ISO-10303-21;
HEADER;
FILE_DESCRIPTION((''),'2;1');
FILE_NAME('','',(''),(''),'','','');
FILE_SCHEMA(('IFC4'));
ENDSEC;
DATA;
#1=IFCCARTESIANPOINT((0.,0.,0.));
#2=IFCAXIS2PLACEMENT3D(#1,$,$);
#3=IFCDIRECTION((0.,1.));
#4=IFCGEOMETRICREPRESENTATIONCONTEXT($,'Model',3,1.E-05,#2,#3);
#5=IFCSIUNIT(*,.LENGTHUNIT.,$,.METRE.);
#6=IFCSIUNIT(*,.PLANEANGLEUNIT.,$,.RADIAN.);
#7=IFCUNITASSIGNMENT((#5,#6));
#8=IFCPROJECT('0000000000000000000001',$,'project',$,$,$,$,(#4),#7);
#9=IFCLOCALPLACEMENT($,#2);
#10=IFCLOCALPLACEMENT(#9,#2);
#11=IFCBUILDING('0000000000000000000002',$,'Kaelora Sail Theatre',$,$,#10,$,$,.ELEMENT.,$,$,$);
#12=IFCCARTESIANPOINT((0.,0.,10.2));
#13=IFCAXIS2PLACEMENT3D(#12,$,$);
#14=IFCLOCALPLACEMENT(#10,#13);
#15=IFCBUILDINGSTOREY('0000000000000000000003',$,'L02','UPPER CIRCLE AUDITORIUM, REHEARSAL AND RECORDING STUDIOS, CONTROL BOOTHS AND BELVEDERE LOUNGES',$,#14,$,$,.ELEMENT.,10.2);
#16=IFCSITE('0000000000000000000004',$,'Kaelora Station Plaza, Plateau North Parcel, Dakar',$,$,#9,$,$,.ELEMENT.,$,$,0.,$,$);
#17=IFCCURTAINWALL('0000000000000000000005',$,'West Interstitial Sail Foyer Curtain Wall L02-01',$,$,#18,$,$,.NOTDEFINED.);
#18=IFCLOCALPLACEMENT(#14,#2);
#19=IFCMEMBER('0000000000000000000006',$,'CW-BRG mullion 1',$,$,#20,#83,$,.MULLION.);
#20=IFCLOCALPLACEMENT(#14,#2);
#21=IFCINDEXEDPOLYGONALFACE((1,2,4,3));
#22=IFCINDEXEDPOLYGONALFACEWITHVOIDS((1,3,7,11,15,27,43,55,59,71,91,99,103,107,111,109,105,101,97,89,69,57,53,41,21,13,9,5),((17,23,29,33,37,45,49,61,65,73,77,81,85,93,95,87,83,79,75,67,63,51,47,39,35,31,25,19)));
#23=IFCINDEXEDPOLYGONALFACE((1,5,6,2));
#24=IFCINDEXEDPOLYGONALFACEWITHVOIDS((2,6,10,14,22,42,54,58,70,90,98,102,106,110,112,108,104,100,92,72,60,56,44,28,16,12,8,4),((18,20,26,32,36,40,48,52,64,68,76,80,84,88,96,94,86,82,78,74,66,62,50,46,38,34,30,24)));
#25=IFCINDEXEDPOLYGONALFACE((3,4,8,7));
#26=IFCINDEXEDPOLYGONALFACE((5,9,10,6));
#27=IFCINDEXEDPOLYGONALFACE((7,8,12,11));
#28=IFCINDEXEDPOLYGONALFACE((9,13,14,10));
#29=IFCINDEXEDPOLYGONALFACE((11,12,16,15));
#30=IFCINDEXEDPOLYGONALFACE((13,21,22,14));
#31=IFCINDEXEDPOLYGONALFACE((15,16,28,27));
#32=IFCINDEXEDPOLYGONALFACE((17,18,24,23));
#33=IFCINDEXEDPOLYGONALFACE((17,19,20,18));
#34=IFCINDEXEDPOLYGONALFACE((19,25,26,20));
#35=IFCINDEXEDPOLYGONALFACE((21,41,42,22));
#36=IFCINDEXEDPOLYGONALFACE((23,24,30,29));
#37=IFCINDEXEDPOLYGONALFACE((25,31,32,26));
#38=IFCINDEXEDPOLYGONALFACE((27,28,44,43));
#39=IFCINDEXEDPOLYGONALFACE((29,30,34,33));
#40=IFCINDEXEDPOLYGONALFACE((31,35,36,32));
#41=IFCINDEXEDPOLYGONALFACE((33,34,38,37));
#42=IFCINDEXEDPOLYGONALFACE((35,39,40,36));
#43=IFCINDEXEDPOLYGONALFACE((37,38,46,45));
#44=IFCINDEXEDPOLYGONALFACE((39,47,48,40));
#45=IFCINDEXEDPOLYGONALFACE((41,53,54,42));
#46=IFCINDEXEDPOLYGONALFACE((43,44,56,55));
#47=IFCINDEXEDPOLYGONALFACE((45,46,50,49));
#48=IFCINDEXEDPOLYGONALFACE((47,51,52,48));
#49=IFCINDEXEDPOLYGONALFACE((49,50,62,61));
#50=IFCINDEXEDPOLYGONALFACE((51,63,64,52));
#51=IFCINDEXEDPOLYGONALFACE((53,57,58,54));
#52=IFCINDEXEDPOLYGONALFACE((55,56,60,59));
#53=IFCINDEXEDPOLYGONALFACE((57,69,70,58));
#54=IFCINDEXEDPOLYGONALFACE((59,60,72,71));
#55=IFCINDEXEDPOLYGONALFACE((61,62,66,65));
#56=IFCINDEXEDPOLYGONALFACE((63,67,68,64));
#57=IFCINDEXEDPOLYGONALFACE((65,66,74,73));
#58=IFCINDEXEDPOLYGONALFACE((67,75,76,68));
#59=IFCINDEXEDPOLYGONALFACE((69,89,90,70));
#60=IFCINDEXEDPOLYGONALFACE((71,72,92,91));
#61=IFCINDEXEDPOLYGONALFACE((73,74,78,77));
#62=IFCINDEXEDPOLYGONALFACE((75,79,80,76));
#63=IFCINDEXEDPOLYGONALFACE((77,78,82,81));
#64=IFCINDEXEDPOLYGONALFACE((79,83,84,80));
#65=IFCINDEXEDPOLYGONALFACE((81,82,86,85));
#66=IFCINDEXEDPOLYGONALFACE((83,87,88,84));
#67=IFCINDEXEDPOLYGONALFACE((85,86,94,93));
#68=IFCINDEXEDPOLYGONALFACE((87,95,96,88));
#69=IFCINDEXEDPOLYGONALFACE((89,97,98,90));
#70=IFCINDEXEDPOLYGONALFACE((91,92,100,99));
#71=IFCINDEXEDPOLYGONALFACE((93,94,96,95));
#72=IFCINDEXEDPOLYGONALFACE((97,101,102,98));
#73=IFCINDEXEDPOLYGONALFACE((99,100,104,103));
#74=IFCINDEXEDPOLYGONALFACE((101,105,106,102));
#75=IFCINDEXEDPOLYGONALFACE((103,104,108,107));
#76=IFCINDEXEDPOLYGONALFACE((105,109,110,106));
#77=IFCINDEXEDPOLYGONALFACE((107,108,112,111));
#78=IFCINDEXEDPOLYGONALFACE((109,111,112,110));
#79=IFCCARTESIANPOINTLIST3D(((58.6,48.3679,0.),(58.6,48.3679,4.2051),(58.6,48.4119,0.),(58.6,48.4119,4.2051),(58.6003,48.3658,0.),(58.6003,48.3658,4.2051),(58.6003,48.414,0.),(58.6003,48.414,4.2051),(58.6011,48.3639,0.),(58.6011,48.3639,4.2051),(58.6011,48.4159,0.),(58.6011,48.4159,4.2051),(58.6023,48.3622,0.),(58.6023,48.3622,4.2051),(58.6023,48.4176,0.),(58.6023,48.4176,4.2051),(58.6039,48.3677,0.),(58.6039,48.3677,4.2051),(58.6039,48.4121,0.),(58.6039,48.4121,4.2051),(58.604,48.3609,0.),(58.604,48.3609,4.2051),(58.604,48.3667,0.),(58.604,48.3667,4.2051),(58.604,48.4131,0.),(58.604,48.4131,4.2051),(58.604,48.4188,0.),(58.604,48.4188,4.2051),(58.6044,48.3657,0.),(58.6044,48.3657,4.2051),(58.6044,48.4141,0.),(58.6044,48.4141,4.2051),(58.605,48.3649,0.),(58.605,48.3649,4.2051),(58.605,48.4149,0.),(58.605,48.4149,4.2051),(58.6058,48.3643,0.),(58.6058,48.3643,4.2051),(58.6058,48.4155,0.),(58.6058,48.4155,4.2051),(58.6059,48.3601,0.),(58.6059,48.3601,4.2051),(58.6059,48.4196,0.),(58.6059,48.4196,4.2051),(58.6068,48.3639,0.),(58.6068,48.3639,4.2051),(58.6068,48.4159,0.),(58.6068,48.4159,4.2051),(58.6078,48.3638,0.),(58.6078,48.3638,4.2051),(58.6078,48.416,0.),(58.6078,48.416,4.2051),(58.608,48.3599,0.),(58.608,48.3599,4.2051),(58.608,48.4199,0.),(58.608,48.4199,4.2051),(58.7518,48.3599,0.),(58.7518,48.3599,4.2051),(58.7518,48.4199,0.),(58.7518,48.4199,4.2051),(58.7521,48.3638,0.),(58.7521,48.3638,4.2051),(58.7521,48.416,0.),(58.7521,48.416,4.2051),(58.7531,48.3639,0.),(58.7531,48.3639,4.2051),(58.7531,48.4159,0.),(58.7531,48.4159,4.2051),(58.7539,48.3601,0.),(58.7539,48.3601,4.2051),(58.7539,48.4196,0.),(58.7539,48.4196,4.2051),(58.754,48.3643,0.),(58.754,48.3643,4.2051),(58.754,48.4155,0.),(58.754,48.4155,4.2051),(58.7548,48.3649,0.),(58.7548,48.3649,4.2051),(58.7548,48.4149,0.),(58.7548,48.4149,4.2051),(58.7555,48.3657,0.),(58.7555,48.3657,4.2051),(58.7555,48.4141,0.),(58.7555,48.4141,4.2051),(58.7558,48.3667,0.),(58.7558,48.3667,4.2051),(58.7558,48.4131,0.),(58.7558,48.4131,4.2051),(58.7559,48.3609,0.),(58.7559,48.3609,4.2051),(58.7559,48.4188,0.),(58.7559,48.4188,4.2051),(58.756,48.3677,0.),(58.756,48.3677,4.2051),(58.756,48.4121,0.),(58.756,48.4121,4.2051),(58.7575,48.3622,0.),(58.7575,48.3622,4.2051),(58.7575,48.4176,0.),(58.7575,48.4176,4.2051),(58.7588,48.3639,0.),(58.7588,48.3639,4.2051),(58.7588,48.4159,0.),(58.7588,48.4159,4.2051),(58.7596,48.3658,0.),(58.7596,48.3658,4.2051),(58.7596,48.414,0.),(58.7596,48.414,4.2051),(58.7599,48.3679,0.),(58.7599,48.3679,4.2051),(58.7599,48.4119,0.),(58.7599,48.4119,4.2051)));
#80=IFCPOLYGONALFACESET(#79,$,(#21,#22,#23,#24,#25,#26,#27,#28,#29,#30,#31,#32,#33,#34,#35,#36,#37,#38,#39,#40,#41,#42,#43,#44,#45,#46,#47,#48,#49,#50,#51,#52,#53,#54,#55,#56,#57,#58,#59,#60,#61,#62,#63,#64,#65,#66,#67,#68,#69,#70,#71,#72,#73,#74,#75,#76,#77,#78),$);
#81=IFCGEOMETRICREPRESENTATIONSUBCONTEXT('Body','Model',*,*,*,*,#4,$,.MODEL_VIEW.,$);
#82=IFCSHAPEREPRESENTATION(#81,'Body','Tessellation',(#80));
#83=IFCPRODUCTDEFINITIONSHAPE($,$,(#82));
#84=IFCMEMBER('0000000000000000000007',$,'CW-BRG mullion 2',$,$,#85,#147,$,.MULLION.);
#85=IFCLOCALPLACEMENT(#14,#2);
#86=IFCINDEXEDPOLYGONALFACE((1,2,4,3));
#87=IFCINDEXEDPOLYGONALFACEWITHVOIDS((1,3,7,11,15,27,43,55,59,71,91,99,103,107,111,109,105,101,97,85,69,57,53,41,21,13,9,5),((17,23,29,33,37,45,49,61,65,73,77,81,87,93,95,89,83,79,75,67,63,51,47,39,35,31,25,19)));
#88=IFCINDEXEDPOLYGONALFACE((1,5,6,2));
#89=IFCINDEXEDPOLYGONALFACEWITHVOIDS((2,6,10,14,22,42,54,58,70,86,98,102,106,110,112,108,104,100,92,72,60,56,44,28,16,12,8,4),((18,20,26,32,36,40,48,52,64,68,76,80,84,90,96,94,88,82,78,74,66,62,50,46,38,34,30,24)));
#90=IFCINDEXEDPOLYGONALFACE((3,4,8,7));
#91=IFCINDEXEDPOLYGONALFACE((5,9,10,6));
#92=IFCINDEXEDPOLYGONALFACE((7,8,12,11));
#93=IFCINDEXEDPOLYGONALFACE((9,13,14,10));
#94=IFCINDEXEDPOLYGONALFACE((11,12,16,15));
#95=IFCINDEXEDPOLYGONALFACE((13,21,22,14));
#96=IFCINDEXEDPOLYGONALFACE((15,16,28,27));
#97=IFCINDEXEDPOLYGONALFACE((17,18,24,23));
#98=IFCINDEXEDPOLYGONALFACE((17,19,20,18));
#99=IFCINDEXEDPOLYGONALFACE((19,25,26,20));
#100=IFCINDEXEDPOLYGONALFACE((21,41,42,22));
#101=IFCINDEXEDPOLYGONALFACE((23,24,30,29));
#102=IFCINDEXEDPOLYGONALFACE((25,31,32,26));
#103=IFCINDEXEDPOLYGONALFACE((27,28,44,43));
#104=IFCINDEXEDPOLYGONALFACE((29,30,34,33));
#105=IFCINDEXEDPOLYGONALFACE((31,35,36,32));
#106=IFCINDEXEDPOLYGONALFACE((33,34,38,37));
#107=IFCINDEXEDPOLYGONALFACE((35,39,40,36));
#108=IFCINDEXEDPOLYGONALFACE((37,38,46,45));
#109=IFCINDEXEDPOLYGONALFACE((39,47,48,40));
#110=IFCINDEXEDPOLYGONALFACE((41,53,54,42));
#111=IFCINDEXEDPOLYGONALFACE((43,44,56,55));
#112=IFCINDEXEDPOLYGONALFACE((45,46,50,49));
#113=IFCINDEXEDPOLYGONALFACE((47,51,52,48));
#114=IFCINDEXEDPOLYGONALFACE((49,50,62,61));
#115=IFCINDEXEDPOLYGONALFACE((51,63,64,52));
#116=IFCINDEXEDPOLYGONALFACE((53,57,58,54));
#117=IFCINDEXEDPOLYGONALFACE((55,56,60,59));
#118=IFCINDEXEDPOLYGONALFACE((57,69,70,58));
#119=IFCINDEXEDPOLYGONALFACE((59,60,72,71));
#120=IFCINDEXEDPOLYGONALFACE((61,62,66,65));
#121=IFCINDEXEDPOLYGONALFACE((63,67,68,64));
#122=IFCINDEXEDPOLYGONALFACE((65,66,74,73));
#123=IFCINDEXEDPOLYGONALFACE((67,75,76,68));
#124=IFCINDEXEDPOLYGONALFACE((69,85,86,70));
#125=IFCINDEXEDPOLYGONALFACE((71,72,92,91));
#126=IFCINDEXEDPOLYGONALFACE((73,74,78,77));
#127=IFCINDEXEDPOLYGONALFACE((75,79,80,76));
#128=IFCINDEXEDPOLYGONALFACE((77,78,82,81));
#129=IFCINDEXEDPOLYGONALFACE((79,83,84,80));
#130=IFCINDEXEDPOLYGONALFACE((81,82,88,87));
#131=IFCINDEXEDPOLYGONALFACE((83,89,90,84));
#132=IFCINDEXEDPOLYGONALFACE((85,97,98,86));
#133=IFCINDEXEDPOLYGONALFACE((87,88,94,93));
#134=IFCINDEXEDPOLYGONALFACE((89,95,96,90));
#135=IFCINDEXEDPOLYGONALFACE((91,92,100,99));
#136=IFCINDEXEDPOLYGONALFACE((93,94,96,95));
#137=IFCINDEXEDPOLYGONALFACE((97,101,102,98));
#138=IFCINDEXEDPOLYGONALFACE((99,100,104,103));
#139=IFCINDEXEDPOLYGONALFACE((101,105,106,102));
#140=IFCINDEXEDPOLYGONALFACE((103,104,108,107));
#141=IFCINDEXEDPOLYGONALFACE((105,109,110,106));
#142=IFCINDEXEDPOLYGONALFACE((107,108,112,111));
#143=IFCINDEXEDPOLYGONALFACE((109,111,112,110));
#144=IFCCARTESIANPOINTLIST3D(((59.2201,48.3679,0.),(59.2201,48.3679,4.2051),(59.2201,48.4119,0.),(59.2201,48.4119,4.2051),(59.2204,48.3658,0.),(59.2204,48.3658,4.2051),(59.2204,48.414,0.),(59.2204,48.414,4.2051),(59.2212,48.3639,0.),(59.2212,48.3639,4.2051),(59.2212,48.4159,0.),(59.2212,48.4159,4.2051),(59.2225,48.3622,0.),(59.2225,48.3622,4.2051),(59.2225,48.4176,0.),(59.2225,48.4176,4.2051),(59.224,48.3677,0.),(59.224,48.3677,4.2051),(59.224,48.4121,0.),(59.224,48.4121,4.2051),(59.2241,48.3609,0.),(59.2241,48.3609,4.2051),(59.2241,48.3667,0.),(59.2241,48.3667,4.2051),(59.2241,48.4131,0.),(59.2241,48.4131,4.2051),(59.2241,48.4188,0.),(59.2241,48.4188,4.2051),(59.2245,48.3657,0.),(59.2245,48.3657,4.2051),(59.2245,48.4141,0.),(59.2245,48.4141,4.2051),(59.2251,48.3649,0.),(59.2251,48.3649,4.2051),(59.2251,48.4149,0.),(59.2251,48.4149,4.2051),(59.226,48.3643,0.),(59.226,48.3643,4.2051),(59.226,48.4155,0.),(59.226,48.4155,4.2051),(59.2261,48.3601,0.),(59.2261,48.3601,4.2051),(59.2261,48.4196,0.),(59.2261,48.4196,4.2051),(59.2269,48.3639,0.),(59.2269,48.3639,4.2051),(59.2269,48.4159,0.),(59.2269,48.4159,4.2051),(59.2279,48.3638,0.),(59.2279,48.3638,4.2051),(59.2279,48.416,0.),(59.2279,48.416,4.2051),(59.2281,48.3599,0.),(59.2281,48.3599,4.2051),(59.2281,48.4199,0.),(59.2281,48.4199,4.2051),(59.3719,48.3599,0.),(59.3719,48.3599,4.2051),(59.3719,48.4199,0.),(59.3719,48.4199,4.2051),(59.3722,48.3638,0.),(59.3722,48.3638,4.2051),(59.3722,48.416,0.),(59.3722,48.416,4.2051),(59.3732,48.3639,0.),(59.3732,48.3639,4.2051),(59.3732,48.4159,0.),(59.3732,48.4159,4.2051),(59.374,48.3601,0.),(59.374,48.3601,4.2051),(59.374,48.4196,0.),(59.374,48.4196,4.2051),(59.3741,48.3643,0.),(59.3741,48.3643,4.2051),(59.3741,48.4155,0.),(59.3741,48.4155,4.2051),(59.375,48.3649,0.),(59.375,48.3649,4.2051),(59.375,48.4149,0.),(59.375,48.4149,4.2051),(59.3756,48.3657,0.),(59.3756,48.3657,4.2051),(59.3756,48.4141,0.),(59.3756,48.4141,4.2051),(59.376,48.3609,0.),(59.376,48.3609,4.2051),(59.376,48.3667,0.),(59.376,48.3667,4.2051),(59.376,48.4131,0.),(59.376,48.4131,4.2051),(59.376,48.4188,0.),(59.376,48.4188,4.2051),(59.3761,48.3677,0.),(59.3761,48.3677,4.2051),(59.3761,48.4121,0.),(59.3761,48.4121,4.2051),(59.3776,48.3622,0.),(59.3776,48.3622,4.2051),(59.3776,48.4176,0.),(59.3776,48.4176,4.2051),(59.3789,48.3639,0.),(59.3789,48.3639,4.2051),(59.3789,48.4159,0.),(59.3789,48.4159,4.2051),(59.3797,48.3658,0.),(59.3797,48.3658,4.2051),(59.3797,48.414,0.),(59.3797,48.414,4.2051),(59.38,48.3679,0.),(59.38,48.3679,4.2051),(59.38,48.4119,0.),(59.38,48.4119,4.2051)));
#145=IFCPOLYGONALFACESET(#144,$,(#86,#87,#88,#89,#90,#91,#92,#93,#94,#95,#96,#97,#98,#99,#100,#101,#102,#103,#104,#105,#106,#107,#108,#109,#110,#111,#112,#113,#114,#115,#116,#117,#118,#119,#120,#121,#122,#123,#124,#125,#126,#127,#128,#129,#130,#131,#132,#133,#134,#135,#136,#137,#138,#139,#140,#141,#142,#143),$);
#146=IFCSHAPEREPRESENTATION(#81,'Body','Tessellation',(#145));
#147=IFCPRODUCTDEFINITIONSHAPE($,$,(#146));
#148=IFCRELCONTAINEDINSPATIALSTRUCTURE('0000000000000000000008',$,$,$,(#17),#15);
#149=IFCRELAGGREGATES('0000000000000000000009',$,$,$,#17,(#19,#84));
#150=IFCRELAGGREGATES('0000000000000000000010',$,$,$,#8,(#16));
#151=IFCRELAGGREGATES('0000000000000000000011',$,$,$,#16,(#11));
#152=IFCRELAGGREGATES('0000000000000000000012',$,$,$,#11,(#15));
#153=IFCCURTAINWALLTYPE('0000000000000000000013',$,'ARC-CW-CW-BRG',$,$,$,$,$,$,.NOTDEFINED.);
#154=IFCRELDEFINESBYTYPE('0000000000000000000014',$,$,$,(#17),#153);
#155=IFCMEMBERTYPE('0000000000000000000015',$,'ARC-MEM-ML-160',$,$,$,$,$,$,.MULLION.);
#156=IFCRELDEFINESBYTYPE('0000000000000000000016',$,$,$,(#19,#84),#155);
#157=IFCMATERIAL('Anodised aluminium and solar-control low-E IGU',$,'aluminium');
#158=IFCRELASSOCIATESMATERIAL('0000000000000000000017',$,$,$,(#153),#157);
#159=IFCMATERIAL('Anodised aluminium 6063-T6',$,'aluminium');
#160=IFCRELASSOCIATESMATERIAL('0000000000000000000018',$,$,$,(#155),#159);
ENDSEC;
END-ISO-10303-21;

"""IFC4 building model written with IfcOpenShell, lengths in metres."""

from ifc_helpers import new_model, si_unit, direction, frame, origin, origin_2d, place, context, subcontext, project, spatial, hollow_rectangle, extrude, material, material_profile, profile_set, type_object, element, aggregate, save


model = new_model("IFC4")

# Units and contexts
model_context = context("Model", 3, precision=1e-05, world=origin(), true_north=direction((0.0, 1.0)))
body_context = subcontext(model_context, "Body", "Model", "MODEL_VIEW")
ifc_project = project(units=[si_unit("LENGTHUNIT", "METRE"), si_unit("PLANEANGLEUNIT", "RADIAN")], contexts=[model_context])

# Site, building, storey
site_placement = place(None, origin())
site = spatial("IfcSite", under=ifc_project, at=site_placement, Name="Kaelora Station Plaza, Plateau North Parcel, Dakar", CompositionType="ELEMENT", RefElevation=0.0)
building_placement = place(site_placement, origin())
building = spatial("IfcBuilding", under=site, at=building_placement, Name="Kaelora Sail Theatre", CompositionType="ELEMENT")
storey_placement = place(building_placement, frame((0.0, 0.0, 10.2)))
storey = spatial("IfcBuildingStorey", under=building, at=storey_placement, Name="L02", Description="UPPER CIRCLE AUDITORIUM, REHEARSAL AND RECORDING STUDIOS, CONTROL BOOTHS AND BELVEDERE LOUNGES", CompositionType="ELEMENT", Elevation=10.2)

# Curtain wall, members
ifc_material_1 = material(Name="Anodised aluminium and solar-control low-E IGU", Category="aluminium")
curtain_wall_type = type_object("IfcCurtainWallType", Name="ARC-CW-CW-BRG", PredefinedType="NOTDEFINED", material=ifc_material_1)
curtain_wall_placement = place(storey_placement, origin())
curtain_wall = element("IfcCurtainWall", 1, at=curtain_wall_placement, inside=storey, type_object=curtain_wall_type, Name="West Interstitial Sail Foyer Curtain Wall L02-01", PredefinedType="NOTDEFINED")
ifc_material_2 = material(Name="Anodised aluminium 6063-T6", Category="aluminium")
ifc_material_profile_1 = material_profile(ifc_material_2, hollow_rectangle(XDim=0.0601, YDim=0.1599, WallThickness=0.0039, InnerFilletRadius=0.0039, OuterFilletRadius=0.0081, at=origin_2d()), Name="ALU-MULL 60x160x4")
ifc_profile_set_1 = profile_set([ifc_material_profile_1], Name="Anodised aluminium 6063-T6")
member_type_1 = type_object("IfcMemberType", Name="ARC-MEM-ML-160", PredefinedType="MULLION", material=ifc_profile_set_1)
member_1_placement = place(storey_placement, frame((58.6799, 48.3899, 0.0), z_axis=(0.0, 0.0, 1.0), x_axis=(0.0, 1.0, 0.0)))
member_1 = element("IfcMember", 2, at=member_1_placement, type_object=member_type_1, Name="CW-BRG mullion 1", PredefinedType="MULLION", context=body_context, shape_type="SweptSolid", body=[
    extrude(hollow_rectangle(XDim=0.0601, YDim=0.1599, WallThickness=0.0039, InnerFilletRadius=0.0039, OuterFilletRadius=0.0081, at=origin_2d()), origin(), (0.0, 0.0, 1.0), 4.2051),
])
member_2_placement = place(storey_placement, frame((59.3, 48.3899, 0.0), z_axis=(0.0, 0.0, 1.0), x_axis=(0.0, 1.0, 0.0)))
member_2 = element("IfcMember", 3, at=member_2_placement, type_object=member_type_1, Name="CW-BRG mullion 2", PredefinedType="MULLION", context=body_context, shape_type="SweptSolid", body=[
    extrude(hollow_rectangle(XDim=0.0601, YDim=0.1599, WallThickness=0.0039, InnerFilletRadius=0.0039, OuterFilletRadius=0.0081, at=origin_2d()), origin(), (0.0, 0.0, 1.0), 4.2051),
])

aggregate(curtain_wall, [member_1, member_2])

save(model, "model.ifc")
